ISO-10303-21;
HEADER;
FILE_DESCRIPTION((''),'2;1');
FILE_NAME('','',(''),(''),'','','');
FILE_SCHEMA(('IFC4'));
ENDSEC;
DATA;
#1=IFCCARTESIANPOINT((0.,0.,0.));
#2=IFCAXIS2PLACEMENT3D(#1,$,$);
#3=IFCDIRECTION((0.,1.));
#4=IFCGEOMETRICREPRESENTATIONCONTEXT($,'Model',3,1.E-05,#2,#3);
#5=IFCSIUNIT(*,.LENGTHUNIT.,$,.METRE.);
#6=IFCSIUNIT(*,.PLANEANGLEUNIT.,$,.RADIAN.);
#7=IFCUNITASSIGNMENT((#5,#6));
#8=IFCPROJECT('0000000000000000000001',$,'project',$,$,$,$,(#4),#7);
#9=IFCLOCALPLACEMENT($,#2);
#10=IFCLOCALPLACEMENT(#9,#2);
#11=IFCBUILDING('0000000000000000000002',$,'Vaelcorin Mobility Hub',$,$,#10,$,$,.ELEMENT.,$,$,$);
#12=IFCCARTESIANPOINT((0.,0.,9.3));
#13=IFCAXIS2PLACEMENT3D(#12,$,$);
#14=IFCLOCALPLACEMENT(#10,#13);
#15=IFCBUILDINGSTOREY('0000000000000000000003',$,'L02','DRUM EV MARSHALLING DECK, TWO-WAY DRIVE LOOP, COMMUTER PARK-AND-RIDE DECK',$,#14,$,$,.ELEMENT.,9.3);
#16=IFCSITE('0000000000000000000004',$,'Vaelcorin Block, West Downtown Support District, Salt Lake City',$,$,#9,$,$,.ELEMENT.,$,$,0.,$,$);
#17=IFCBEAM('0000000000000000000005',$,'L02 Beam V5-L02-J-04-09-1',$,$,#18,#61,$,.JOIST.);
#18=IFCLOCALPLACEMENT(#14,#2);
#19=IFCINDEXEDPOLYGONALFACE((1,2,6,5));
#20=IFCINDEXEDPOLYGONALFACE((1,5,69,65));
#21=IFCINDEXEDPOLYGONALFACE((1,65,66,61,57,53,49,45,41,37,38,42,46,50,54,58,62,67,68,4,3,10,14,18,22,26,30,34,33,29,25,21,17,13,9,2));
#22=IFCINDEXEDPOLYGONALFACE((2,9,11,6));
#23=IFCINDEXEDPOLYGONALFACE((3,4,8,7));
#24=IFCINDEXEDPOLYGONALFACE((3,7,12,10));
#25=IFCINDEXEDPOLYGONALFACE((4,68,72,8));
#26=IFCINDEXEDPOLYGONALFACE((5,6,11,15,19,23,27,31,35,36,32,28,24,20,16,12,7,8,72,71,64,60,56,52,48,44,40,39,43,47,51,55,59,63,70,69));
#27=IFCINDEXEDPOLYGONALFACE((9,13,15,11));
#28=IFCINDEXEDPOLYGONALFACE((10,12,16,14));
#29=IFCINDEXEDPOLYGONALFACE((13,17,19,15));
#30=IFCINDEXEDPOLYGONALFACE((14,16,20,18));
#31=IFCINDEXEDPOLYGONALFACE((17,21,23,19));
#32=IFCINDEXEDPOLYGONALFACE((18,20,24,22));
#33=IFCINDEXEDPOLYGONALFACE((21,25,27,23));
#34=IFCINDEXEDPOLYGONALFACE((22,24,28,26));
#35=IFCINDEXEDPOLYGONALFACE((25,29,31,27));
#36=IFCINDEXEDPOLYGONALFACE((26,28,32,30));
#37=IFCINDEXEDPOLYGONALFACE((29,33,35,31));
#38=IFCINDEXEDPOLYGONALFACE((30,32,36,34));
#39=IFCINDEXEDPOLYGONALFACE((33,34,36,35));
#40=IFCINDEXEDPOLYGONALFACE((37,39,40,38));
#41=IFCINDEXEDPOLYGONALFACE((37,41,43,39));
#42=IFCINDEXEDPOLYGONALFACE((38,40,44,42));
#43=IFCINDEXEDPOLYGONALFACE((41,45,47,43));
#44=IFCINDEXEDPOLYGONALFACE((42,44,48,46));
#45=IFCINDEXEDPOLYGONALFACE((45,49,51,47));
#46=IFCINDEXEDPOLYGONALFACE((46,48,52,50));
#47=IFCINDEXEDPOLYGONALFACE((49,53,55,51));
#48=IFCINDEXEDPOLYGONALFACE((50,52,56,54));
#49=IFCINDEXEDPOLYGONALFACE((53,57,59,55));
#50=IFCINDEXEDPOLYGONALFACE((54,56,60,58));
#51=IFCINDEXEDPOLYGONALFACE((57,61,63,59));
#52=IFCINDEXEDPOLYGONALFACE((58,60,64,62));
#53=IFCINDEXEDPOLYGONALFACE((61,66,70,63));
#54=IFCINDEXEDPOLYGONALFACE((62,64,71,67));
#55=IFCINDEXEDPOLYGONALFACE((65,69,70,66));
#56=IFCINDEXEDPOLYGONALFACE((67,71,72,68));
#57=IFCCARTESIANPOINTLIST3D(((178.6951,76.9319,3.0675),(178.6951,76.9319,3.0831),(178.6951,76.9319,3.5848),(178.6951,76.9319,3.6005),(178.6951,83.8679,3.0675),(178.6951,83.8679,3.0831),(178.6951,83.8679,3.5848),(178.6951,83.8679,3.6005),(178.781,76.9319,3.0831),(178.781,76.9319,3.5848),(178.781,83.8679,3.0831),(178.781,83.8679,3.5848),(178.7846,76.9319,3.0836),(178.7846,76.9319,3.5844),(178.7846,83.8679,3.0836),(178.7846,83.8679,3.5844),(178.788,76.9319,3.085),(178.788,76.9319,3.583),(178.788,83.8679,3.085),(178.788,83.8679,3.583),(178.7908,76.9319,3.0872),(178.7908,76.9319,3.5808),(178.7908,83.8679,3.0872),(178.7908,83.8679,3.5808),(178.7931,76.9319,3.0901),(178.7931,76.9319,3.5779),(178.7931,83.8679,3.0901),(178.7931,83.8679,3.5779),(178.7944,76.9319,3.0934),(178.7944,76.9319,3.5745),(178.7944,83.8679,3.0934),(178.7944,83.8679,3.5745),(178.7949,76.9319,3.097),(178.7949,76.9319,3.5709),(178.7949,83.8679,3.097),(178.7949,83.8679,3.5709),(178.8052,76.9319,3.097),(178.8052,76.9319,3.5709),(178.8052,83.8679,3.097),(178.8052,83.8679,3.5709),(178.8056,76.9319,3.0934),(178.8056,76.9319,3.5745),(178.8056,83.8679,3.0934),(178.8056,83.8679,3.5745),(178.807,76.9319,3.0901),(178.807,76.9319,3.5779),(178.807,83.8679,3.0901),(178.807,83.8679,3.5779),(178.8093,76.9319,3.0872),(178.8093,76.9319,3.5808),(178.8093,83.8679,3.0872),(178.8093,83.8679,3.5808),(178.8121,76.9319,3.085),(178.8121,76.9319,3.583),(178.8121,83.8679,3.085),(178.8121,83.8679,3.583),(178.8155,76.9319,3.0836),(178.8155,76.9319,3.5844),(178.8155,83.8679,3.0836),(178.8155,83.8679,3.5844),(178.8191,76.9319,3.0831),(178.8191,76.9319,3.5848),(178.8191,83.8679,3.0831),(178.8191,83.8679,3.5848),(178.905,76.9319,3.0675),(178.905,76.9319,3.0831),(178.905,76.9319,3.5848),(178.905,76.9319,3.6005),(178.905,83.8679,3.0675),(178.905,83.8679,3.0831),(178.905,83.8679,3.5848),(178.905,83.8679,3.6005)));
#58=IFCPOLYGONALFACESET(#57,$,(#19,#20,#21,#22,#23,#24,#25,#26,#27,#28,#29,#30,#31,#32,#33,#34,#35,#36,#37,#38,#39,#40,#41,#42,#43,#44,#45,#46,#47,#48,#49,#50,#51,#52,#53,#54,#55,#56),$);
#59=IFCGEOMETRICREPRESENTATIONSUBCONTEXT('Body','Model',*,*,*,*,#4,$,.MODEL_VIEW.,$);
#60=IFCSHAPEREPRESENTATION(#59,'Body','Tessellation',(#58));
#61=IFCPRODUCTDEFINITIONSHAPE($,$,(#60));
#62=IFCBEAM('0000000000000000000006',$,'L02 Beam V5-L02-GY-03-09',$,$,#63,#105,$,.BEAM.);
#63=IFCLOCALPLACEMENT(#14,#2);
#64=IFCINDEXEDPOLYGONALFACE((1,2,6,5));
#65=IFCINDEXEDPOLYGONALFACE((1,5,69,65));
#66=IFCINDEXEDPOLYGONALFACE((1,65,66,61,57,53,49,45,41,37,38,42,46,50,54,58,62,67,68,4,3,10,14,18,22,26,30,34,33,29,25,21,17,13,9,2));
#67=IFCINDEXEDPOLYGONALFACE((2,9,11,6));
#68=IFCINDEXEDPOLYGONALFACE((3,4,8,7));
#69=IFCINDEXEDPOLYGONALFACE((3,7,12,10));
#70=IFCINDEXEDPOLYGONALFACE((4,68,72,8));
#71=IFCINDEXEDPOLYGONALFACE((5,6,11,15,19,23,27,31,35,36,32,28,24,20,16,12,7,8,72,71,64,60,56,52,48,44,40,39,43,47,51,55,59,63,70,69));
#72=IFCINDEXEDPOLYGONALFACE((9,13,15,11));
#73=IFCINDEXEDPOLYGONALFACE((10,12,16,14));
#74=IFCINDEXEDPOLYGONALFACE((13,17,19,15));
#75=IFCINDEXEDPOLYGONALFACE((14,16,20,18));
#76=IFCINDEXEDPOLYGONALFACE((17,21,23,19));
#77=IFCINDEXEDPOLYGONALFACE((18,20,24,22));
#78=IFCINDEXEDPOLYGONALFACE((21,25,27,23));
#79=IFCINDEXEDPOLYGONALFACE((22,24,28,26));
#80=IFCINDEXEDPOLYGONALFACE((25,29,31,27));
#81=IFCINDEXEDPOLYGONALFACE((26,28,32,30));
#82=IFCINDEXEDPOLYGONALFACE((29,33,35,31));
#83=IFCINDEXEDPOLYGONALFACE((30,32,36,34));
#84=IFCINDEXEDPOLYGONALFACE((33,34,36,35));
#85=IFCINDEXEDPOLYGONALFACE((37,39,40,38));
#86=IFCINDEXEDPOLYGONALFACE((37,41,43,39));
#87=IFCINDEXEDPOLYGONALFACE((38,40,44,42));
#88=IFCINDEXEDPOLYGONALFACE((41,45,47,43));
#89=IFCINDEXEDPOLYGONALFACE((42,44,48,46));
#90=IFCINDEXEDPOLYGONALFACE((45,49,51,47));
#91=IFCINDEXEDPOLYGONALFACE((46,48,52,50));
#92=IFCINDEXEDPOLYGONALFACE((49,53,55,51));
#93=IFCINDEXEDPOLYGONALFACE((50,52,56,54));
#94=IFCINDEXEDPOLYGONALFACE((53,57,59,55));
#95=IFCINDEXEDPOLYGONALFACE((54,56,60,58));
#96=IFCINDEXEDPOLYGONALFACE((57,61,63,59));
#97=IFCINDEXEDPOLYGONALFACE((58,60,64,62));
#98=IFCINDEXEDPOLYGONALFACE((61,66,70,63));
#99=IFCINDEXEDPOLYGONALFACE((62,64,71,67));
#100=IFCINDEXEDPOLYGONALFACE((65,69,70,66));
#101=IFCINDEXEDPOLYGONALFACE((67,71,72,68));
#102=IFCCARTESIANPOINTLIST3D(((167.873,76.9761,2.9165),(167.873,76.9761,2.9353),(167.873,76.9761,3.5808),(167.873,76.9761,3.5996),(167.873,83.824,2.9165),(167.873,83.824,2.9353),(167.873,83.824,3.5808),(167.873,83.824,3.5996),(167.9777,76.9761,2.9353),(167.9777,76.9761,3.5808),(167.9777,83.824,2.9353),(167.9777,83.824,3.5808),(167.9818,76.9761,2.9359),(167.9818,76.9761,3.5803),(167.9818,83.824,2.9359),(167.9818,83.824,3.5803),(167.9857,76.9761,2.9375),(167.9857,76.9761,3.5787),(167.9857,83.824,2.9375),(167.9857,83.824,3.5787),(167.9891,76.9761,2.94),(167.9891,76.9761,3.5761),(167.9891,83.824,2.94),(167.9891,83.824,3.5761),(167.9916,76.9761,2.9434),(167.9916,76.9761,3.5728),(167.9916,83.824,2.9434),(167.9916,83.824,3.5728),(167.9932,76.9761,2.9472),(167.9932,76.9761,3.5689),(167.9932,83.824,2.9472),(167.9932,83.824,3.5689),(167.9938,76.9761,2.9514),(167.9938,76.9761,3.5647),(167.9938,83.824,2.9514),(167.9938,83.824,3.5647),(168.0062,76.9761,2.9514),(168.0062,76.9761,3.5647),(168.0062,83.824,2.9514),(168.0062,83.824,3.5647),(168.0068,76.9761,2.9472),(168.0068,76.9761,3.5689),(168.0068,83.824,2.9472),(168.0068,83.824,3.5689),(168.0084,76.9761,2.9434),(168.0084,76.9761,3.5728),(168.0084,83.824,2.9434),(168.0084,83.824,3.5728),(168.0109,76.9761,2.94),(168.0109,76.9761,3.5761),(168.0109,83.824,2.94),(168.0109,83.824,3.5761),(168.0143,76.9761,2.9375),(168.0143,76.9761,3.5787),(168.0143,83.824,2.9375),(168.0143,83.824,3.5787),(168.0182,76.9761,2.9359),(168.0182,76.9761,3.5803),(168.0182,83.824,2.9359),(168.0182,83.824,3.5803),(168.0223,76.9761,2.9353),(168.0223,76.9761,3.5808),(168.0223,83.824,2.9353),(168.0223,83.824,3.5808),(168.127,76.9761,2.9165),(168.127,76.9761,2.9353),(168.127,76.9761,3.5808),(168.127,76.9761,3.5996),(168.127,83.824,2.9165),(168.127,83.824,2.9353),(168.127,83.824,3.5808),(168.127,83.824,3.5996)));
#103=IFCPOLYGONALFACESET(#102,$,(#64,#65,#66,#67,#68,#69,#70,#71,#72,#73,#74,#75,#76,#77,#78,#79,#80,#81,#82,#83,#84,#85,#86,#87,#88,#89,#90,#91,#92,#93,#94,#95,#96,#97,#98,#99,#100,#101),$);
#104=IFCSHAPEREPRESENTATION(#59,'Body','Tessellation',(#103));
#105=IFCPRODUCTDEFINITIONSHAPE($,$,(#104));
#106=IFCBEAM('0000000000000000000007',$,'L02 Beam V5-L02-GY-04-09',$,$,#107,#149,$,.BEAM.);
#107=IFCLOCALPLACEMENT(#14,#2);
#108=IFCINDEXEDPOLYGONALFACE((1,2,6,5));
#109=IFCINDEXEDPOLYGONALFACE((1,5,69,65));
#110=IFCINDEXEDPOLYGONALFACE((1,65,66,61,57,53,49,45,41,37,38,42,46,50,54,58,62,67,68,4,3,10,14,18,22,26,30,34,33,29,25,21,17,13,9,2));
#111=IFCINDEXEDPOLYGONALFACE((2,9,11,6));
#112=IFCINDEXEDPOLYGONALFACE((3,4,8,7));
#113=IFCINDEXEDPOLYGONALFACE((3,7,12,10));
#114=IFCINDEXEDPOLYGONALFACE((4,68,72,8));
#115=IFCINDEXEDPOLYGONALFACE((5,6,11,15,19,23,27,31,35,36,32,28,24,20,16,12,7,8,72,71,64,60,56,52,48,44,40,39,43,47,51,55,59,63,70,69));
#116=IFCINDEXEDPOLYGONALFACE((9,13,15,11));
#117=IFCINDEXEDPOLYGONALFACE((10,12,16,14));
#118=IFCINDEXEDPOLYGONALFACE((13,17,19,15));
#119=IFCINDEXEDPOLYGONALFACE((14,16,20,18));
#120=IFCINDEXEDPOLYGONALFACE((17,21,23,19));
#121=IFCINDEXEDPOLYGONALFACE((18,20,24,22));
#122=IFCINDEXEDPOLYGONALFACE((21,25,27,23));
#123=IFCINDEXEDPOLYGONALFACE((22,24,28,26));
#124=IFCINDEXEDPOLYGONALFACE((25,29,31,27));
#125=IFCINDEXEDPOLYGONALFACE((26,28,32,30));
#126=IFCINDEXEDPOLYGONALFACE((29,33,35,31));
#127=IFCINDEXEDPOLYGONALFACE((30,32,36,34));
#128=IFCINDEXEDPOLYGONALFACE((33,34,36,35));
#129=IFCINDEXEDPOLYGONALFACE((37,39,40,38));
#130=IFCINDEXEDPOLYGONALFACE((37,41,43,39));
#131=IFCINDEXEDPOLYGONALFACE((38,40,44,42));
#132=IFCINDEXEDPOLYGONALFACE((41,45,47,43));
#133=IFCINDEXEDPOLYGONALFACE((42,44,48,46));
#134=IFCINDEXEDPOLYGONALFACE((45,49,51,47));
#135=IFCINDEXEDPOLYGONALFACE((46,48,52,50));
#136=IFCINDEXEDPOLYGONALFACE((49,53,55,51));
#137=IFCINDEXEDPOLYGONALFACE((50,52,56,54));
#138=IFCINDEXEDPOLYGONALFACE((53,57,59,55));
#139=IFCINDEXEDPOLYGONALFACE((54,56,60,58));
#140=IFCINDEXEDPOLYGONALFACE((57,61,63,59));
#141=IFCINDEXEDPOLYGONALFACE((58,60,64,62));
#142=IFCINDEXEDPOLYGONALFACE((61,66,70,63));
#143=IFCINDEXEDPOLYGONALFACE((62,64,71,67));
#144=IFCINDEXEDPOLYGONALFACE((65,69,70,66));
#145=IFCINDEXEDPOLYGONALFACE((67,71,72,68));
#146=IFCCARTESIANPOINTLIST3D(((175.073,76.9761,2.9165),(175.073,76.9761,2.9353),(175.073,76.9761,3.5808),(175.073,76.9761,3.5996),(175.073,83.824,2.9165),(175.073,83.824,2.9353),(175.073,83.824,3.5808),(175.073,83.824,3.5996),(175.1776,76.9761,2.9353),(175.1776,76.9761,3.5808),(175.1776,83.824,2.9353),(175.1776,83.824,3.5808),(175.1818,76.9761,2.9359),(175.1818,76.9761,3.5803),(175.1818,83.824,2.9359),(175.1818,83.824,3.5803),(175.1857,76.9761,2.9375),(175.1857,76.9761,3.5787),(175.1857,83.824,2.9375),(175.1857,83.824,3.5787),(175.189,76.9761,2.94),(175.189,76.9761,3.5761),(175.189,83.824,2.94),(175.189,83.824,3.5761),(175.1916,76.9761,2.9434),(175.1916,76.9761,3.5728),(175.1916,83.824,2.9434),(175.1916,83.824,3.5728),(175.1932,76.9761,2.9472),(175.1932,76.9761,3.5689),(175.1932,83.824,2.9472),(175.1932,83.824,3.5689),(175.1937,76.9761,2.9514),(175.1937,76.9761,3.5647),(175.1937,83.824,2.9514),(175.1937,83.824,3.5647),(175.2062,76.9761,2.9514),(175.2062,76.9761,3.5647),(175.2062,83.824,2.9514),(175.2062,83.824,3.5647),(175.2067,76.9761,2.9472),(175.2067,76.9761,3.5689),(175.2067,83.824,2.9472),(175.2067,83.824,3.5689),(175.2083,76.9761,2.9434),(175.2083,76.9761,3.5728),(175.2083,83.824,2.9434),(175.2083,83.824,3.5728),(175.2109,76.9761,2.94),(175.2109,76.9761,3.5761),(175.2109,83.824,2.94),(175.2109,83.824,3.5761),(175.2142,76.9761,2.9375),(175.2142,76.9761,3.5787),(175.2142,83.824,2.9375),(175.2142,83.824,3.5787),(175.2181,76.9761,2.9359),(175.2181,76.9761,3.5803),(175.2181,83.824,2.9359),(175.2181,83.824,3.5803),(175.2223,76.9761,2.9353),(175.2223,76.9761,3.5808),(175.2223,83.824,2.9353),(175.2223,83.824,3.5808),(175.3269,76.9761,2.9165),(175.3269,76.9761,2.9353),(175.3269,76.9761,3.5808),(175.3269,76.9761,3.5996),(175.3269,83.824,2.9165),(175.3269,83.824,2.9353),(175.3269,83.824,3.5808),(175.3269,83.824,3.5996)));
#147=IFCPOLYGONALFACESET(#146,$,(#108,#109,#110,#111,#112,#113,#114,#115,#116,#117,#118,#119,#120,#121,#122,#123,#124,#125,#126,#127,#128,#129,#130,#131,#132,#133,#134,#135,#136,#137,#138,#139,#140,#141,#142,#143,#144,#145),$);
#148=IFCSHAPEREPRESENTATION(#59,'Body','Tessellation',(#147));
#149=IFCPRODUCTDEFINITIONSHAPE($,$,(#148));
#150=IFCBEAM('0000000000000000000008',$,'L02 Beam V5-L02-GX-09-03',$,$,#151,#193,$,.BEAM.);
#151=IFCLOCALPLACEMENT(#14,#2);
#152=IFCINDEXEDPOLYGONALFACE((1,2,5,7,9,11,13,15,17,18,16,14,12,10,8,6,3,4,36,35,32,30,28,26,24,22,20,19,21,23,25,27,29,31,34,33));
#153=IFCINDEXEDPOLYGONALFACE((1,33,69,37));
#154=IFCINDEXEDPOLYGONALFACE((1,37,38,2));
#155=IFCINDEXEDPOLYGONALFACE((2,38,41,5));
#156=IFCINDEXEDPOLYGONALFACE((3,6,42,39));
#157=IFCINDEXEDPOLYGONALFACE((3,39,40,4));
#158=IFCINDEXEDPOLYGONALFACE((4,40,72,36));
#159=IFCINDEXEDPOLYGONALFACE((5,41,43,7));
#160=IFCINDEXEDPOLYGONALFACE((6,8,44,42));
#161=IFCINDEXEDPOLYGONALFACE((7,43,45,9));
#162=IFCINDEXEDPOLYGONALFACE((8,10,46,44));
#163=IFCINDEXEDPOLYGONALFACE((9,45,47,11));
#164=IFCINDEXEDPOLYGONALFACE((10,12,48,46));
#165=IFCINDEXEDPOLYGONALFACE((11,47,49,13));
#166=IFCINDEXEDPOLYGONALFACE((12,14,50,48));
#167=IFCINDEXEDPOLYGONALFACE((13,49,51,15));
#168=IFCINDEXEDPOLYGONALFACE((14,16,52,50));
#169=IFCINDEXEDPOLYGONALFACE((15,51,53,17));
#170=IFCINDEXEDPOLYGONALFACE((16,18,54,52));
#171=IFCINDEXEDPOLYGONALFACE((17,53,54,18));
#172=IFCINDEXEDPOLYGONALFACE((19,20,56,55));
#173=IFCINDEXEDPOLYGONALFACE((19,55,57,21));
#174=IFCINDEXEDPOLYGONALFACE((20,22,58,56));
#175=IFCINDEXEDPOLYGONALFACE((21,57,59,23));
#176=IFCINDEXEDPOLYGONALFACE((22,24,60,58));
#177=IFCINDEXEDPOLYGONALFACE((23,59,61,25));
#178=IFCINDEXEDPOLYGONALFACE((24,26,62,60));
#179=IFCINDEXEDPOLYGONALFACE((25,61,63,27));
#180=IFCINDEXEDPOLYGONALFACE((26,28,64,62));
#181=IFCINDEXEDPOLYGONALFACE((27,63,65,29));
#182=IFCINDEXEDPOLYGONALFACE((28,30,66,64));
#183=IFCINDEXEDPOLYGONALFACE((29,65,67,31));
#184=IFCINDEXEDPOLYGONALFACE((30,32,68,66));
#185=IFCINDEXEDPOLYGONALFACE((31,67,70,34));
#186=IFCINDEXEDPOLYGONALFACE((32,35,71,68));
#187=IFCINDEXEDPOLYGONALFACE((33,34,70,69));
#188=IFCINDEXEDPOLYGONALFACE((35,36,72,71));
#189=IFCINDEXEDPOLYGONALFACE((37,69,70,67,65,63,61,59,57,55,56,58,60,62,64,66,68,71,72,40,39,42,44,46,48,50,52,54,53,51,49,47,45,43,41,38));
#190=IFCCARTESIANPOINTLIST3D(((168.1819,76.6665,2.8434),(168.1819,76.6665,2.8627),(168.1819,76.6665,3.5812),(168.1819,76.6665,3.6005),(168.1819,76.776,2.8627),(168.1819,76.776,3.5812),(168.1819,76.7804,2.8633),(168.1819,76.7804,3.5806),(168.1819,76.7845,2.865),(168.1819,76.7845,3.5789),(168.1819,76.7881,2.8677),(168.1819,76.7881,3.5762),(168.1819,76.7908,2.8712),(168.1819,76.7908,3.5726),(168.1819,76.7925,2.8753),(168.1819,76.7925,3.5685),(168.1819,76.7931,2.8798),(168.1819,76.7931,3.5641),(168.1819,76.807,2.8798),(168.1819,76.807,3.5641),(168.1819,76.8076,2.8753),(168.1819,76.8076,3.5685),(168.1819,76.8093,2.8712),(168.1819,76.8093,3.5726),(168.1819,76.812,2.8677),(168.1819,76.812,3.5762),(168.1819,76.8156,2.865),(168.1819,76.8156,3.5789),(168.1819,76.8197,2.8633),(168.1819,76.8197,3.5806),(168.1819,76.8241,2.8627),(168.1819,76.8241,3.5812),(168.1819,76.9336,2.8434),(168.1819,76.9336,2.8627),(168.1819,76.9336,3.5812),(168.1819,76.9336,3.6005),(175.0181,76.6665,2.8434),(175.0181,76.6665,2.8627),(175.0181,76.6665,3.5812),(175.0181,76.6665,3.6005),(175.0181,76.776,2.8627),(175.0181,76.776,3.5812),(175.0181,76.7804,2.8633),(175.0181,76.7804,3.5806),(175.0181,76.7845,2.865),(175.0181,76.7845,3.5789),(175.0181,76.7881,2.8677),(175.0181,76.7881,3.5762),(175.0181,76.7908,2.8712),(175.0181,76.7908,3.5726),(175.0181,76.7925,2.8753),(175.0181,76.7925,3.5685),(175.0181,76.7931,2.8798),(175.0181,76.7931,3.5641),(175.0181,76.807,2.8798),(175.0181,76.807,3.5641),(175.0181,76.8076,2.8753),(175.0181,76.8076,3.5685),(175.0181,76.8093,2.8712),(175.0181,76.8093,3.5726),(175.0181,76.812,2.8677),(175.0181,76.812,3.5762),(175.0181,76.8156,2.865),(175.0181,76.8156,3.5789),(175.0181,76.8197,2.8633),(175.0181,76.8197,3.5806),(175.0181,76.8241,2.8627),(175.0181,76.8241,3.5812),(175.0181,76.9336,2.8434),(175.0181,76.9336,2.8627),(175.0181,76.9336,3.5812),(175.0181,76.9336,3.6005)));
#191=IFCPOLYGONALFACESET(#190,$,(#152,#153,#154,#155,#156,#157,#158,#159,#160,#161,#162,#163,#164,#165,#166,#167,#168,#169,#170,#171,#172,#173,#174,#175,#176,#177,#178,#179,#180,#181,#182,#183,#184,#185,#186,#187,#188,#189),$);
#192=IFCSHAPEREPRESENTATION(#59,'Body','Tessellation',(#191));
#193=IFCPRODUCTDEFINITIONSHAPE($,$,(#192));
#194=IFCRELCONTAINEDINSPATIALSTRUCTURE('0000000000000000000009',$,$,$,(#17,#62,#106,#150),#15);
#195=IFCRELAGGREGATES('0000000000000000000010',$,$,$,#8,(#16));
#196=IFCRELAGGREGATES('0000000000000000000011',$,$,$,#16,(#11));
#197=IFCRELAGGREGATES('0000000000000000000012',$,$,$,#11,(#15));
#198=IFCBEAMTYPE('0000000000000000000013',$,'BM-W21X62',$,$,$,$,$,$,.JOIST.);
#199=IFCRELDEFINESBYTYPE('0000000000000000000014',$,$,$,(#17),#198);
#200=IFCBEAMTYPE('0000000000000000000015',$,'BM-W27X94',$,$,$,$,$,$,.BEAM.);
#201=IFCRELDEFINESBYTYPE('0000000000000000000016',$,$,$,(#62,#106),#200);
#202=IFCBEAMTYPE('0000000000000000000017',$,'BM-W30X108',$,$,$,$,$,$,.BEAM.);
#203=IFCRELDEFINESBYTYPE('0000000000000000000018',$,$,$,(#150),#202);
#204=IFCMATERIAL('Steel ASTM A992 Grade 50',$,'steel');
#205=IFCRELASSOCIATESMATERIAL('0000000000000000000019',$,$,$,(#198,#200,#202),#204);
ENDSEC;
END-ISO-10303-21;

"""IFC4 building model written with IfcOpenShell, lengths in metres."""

from ifc_helpers import new_model, si_unit, direction, frame, origin, origin_2d, place, context, subcontext, project, spatial, i_section, extrude, material, material_profile, profile_set, type_object, element, save


model = new_model("IFC4")

# Units and contexts
model_context = context("Model", 3, precision=1e-05, world=origin(), true_north=direction((0.0, 1.0)))
body_context = subcontext(model_context, "Body", "Model", "MODEL_VIEW")
ifc_project = project(units=[si_unit("LENGTHUNIT", "METRE"), si_unit("PLANEANGLEUNIT", "RADIAN")], contexts=[model_context])

# Site, building, storey
site_placement = place(None, origin())
site = spatial("IfcSite", under=ifc_project, at=site_placement, Name="Vaelcorin Block, West Downtown Support District, Salt Lake City", CompositionType="ELEMENT", RefElevation=0.0)
building_placement = place(site_placement, origin())
building = spatial("IfcBuilding", under=site, at=building_placement, Name="Vaelcorin Mobility Hub", CompositionType="ELEMENT")
storey_placement = place(building_placement, frame((0.0, 0.0, 9.3)))
storey = spatial("IfcBuildingStorey", under=building, at=storey_placement, Name="L02", Description="DRUM EV MARSHALLING DECK, TWO-WAY DRIVE LOOP, COMMUTER PARK-AND-RIDE DECK", CompositionType="ELEMENT", Elevation=9.3)

# Shared definitions
ifc_material_1 = material(Name="Steel ASTM A992 Grade 50", Category="steel")

# Beams
ifc_material_profile_1 = material_profile(ifc_material_1, i_section(OverallWidth=0.21, OverallDepth=0.533, WebThickness=0.0103, FlangeThickness=0.0156, FilletRadius=0.0139, at=origin_2d()), Name="W21X62")
ifc_profile_set_1 = profile_set([ifc_material_profile_1], Name="Steel ASTM A992 Grade 50")
beam_type_1 = type_object("IfcBeamType", Name="BM-W21X62", PredefinedType="JOIST", material=ifc_profile_set_1)
for number, where, z_axis, x_axis, name in (
    (1, (178.8, 76.9319, 3.334), (0.0, 1.0, 0.0), (-1.0, 0.0, 0.0), "L02 Beam V5-L02-J-04-09-1"),
):
    element("IfcBeam", number, at=place(storey_placement, frame(where, z_axis=z_axis, x_axis=x_axis)), inside=storey, type_object=beam_type_1, Name=name, PredefinedType="JOIST", context=body_context, shape_type="SweptSolid", body=[
        extrude(i_section(OverallWidth=0.21, OverallDepth=0.533, WebThickness=0.0103, FlangeThickness=0.0156, FilletRadius=0.0139, at=origin_2d()), origin(), (0.0, 0.0, 1.0), 6.936),
    ])
ifc_material_profile_2 = material_profile(ifc_material_1, i_section(OverallWidth=0.2539, OverallDepth=0.6831, WebThickness=0.0125, FlangeThickness=0.0188, FilletRadius=0.0161, at=origin_2d()), Name="W27X94")
ifc_profile_set_2 = profile_set([ifc_material_profile_2], Name="Steel ASTM A992 Grade 50")
beam_type_2 = type_object("IfcBeamType", Name="BM-W27X94", PredefinedType="BEAM", material=ifc_profile_set_2)
for number, where, z_axis, x_axis, name in (
    (2, (168.0, 76.9761, 3.2581), (0.0, 1.0, 0.0), (-1.0, 0.0, 0.0), "L02 Beam V5-L02-GY-03-09"),
    (3, (175.2, 76.9761, 3.2581), (0.0, 1.0, 0.0), (-1.0, 0.0, 0.0), "L02 Beam V5-L02-GY-04-09"),
):
    element("IfcBeam", number, at=place(storey_placement, frame(where, z_axis=z_axis, x_axis=x_axis)), inside=storey, type_object=beam_type_2, Name=name, PredefinedType="BEAM", context=body_context, shape_type="SweptSolid", body=[
        extrude(i_section(OverallWidth=0.2539, OverallDepth=0.6831, WebThickness=0.0125, FlangeThickness=0.0188, FilletRadius=0.0161, at=origin_2d()), origin(), (0.0, 0.0, 1.0), 6.8479),
    ])
ifc_material_profile_3 = material_profile(ifc_material_1, i_section(OverallWidth=0.2671, OverallDepth=0.7571, WebThickness=0.0139, FlangeThickness=0.0193, FilletRadius=0.0171, at=origin_2d()), Name="W30X108")
ifc_profile_set_3 = profile_set([ifc_material_profile_3], Name="Steel ASTM A992 Grade 50")
beam_type_3 = type_object("IfcBeamType", Name="BM-W30X108", PredefinedType="BEAM", material=ifc_profile_set_3)
beam_1_placement = place(storey_placement, frame((168.1819, 76.8, 3.2219), z_axis=(1.0, 0.0, 0.0), x_axis=(0.0, 1.0, 0.0)))
element("IfcBeam", 4, at=beam_1_placement, inside=storey, type_object=beam_type_3, Name="L02 Beam V5-L02-GX-09-03", PredefinedType="BEAM", context=body_context, shape_type="SweptSolid", body=[
    extrude(i_section(OverallWidth=0.2671, OverallDepth=0.7571, WebThickness=0.0139, FlangeThickness=0.0193, FilletRadius=0.0171, at=origin_2d()), origin(), (0.0, 0.0, 1.0), 6.8362),
])

save(model, "model.ifc")
